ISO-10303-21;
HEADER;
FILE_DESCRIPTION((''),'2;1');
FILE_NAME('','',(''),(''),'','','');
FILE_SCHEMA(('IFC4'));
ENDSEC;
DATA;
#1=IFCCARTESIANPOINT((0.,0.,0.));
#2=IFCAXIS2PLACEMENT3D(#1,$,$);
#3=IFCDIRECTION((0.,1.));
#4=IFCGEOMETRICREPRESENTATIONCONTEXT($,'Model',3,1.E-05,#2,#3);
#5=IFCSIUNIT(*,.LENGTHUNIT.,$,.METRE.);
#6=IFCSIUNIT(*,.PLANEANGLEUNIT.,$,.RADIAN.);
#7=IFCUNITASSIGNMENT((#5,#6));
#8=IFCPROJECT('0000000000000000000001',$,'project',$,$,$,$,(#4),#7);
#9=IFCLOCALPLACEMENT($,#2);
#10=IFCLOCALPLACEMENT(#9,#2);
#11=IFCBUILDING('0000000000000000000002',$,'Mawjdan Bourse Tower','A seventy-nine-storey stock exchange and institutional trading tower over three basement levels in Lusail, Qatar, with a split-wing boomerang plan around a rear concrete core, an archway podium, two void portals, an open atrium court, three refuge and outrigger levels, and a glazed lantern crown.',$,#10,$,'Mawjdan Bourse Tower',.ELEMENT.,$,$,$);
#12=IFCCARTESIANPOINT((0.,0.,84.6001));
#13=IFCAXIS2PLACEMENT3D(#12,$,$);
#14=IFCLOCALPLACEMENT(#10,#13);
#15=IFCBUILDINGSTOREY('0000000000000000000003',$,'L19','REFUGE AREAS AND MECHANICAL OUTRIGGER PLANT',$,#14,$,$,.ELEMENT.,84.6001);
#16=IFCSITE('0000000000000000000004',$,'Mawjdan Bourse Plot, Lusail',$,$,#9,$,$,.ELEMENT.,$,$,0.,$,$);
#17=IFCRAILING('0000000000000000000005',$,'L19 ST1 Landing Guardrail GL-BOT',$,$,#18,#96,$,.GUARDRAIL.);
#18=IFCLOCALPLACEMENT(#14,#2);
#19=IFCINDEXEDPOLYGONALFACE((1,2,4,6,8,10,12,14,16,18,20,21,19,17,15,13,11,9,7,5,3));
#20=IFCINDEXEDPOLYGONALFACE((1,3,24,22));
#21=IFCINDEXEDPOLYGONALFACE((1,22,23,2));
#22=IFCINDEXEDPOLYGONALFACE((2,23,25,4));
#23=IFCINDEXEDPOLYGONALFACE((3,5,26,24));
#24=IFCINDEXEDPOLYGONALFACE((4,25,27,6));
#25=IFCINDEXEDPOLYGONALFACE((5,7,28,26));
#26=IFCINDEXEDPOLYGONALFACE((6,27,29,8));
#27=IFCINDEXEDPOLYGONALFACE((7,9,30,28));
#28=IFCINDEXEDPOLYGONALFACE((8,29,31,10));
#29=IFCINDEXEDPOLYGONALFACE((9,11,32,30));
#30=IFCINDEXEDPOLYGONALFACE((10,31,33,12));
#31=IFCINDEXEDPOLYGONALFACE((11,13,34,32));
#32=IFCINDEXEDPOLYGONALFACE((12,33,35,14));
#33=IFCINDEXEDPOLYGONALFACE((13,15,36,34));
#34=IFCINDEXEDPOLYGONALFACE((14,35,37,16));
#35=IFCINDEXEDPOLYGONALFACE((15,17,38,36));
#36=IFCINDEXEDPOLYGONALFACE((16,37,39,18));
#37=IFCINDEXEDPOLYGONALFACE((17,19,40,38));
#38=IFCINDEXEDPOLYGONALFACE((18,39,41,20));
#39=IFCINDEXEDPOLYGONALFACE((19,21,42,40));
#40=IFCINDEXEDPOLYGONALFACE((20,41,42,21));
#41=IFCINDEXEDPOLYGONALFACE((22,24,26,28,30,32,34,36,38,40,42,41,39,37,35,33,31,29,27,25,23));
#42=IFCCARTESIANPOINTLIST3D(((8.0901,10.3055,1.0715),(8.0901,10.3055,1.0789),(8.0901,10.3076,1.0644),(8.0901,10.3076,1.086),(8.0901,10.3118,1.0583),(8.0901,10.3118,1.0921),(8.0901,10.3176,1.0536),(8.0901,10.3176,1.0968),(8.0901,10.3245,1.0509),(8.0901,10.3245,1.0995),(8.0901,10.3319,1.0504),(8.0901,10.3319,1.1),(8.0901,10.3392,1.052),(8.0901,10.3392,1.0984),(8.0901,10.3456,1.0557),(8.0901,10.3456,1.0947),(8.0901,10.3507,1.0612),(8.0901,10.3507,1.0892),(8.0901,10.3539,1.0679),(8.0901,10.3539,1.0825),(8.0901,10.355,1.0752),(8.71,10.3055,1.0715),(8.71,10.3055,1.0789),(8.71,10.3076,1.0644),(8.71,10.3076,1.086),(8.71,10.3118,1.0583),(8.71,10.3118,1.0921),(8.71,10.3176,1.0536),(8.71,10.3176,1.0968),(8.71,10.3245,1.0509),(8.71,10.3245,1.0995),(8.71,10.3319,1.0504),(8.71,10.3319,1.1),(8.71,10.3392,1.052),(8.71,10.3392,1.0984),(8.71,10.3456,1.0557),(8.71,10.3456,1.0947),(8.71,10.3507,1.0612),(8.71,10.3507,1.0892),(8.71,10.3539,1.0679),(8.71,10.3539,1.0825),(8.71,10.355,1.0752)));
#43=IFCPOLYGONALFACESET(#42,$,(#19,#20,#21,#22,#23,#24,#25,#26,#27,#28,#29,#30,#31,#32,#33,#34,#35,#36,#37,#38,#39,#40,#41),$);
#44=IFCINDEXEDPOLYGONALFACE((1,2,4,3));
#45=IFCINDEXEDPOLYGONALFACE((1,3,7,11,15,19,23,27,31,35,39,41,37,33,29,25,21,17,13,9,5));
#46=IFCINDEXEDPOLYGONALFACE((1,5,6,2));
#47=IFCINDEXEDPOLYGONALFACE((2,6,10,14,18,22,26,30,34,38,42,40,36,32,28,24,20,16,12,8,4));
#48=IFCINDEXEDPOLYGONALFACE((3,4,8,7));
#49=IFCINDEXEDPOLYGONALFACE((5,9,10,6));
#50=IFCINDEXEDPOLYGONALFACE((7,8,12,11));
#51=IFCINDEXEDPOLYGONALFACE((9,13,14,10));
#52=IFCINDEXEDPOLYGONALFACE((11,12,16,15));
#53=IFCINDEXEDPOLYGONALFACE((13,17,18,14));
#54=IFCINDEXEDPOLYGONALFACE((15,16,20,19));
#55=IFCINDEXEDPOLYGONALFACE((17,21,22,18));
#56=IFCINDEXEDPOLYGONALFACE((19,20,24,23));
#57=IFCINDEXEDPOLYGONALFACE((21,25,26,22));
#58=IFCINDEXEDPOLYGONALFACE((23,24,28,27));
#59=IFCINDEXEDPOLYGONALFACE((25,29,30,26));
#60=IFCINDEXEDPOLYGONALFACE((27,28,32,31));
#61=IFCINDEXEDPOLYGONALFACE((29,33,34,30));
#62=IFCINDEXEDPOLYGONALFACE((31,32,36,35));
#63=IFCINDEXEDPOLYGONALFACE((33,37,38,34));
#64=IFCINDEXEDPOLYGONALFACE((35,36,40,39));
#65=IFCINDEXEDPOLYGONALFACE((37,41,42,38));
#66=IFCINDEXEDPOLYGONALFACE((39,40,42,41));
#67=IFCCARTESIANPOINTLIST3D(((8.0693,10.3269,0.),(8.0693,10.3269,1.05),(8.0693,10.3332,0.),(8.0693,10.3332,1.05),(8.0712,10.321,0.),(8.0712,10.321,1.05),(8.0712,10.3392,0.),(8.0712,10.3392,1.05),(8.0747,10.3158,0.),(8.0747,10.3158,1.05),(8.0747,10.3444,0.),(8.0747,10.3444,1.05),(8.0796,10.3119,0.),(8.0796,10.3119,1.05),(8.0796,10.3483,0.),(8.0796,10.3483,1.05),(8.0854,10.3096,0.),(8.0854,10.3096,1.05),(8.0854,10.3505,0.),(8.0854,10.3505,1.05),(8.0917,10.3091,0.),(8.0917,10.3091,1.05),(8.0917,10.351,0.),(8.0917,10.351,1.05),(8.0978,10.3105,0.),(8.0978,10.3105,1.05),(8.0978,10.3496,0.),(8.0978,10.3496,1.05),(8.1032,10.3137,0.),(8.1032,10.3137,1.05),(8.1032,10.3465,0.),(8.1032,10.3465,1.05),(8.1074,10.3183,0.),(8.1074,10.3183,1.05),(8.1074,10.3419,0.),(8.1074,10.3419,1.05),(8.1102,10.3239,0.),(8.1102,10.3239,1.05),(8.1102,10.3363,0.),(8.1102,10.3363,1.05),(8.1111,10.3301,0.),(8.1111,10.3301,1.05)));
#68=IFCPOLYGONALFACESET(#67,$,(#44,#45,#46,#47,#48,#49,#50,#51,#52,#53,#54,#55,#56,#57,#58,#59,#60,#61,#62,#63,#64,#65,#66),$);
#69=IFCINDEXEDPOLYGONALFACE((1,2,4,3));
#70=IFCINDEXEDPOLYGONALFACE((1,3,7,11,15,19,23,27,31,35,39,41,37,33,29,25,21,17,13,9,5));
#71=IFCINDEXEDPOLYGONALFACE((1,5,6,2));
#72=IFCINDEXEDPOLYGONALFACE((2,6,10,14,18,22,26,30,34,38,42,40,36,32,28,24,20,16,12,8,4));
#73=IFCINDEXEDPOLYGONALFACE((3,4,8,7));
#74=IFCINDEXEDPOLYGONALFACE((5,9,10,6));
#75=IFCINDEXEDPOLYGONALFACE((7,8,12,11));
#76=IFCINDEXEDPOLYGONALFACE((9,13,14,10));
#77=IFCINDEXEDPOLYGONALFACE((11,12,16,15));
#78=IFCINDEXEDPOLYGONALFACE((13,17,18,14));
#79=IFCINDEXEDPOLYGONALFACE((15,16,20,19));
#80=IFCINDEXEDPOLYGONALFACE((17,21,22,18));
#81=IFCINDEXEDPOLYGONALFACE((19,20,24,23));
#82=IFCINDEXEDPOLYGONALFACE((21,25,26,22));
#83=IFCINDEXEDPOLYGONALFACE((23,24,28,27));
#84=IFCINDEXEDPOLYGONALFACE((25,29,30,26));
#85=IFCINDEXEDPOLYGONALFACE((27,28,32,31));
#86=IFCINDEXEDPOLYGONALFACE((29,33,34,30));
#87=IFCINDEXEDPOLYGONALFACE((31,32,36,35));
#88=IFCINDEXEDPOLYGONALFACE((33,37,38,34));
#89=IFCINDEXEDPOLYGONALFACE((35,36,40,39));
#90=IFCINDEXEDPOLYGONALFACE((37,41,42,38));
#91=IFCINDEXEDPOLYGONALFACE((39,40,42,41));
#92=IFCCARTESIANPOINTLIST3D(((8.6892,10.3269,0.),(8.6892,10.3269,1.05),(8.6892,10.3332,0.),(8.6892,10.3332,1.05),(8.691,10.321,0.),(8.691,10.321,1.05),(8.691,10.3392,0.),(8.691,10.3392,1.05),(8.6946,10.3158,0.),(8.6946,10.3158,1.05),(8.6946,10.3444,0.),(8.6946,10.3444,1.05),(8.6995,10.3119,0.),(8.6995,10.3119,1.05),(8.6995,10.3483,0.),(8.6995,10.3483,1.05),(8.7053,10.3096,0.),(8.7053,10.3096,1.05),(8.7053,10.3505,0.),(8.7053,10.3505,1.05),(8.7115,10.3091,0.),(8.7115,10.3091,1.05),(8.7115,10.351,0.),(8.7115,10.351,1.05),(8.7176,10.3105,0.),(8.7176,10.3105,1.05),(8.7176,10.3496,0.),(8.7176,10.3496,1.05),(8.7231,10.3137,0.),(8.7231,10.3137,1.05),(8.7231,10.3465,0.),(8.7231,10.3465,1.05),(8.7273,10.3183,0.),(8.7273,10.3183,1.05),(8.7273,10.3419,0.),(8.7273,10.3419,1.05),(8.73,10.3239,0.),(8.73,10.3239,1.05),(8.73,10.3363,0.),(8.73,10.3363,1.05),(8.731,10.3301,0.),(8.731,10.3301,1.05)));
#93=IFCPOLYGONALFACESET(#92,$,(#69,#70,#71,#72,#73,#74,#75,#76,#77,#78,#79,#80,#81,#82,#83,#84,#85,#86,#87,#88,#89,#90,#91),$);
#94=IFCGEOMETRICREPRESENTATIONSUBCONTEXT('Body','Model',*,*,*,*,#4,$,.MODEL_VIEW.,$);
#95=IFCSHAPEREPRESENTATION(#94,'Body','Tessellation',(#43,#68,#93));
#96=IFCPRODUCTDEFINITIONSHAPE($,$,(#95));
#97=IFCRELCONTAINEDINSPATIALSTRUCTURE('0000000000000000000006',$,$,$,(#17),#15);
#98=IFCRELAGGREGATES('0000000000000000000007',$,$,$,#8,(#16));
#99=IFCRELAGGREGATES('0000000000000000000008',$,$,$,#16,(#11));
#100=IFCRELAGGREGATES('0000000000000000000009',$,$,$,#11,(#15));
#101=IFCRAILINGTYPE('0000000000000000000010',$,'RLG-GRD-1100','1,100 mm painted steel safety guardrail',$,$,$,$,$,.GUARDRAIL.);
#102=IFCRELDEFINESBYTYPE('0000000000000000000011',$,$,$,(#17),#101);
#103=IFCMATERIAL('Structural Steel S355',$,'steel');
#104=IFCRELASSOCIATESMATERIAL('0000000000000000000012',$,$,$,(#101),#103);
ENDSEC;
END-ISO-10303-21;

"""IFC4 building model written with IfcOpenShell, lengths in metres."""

from ifc_helpers import new_model, si_unit, direction, frame, origin, origin_2d, place, context, subcontext, project, spatial, circle, extrude, material, type_object, element, save


model = new_model("IFC4")

# Units and contexts
model_context = context("Model", 3, precision=1e-05, world=origin(), true_north=direction((0.0, 1.0)))
body_context = subcontext(model_context, "Body", "Model", "MODEL_VIEW")
ifc_project = project(units=[si_unit("LENGTHUNIT", "METRE"), si_unit("PLANEANGLEUNIT", "RADIAN")], contexts=[model_context])

# Site, building, storey
site_placement = place(None, origin())
site = spatial("IfcSite", under=ifc_project, at=site_placement, Name="Mawjdan Bourse Plot, Lusail", CompositionType="ELEMENT", RefElevation=0.0)
building_placement = place(site_placement, origin())
building = spatial("IfcBuilding", under=site, at=building_placement, Name="Mawjdan Bourse Tower", Description="A seventy-nine-storey stock exchange and institutional trading tower over three basement levels in Lusail, Qatar, with a split-wing boomerang plan around a rear concrete core, an archway podium, two void portals, an open atrium court, three refuge and outrigger levels, and a glazed lantern crown.", LongName="Mawjdan Bourse Tower", CompositionType="ELEMENT")
storey_placement = place(building_placement, frame((0.0, 0.0, 84.6001)))
storey = spatial("IfcBuildingStorey", under=building, at=storey_placement, Name="L19", Description="REFUGE AREAS AND MECHANICAL OUTRIGGER PLANT", CompositionType="ELEMENT", Elevation=84.6001)

# Railing
ifc_material_1 = material(Name="Structural Steel S355", Category="steel")
railing_type_1 = type_object("IfcRailingType", Name="RLG-GRD-1100", Description="1,100 mm painted steel safety guardrail", PredefinedType="GUARDRAIL", material=ifc_material_1)
for number, where, name in (
    (1, (8.0901, 10.3301, 0.0), "L19 ST1 Landing Guardrail GL-BOT"),
):
    element("IfcRailing", number, at=place(storey_placement, frame(where)), inside=storey, type_object=railing_type_1, Name=name, PredefinedType="GUARDRAIL", context=body_context, shape_type="SweptSolid", body=[
        extrude(circle(Radius=0.0249, at=origin_2d()), frame((0.0, 0.0, 1.0752), z_axis=(1.0, 0.0, 0.0), x_axis=(0.0, 1.0, 0.0)), (0.0, 0.0, 1.0), 0.6199),
        extrude(circle(Radius=0.021, at=origin_2d()), origin(), (0.0, 0.0, 1.0), 1.05),
        extrude(circle(Radius=0.021, at=origin_2d()), frame((0.6199, 0.0, 0.0)), (0.0, 0.0, 1.0), 1.05),
    ])

save(model, "model.ifc")
